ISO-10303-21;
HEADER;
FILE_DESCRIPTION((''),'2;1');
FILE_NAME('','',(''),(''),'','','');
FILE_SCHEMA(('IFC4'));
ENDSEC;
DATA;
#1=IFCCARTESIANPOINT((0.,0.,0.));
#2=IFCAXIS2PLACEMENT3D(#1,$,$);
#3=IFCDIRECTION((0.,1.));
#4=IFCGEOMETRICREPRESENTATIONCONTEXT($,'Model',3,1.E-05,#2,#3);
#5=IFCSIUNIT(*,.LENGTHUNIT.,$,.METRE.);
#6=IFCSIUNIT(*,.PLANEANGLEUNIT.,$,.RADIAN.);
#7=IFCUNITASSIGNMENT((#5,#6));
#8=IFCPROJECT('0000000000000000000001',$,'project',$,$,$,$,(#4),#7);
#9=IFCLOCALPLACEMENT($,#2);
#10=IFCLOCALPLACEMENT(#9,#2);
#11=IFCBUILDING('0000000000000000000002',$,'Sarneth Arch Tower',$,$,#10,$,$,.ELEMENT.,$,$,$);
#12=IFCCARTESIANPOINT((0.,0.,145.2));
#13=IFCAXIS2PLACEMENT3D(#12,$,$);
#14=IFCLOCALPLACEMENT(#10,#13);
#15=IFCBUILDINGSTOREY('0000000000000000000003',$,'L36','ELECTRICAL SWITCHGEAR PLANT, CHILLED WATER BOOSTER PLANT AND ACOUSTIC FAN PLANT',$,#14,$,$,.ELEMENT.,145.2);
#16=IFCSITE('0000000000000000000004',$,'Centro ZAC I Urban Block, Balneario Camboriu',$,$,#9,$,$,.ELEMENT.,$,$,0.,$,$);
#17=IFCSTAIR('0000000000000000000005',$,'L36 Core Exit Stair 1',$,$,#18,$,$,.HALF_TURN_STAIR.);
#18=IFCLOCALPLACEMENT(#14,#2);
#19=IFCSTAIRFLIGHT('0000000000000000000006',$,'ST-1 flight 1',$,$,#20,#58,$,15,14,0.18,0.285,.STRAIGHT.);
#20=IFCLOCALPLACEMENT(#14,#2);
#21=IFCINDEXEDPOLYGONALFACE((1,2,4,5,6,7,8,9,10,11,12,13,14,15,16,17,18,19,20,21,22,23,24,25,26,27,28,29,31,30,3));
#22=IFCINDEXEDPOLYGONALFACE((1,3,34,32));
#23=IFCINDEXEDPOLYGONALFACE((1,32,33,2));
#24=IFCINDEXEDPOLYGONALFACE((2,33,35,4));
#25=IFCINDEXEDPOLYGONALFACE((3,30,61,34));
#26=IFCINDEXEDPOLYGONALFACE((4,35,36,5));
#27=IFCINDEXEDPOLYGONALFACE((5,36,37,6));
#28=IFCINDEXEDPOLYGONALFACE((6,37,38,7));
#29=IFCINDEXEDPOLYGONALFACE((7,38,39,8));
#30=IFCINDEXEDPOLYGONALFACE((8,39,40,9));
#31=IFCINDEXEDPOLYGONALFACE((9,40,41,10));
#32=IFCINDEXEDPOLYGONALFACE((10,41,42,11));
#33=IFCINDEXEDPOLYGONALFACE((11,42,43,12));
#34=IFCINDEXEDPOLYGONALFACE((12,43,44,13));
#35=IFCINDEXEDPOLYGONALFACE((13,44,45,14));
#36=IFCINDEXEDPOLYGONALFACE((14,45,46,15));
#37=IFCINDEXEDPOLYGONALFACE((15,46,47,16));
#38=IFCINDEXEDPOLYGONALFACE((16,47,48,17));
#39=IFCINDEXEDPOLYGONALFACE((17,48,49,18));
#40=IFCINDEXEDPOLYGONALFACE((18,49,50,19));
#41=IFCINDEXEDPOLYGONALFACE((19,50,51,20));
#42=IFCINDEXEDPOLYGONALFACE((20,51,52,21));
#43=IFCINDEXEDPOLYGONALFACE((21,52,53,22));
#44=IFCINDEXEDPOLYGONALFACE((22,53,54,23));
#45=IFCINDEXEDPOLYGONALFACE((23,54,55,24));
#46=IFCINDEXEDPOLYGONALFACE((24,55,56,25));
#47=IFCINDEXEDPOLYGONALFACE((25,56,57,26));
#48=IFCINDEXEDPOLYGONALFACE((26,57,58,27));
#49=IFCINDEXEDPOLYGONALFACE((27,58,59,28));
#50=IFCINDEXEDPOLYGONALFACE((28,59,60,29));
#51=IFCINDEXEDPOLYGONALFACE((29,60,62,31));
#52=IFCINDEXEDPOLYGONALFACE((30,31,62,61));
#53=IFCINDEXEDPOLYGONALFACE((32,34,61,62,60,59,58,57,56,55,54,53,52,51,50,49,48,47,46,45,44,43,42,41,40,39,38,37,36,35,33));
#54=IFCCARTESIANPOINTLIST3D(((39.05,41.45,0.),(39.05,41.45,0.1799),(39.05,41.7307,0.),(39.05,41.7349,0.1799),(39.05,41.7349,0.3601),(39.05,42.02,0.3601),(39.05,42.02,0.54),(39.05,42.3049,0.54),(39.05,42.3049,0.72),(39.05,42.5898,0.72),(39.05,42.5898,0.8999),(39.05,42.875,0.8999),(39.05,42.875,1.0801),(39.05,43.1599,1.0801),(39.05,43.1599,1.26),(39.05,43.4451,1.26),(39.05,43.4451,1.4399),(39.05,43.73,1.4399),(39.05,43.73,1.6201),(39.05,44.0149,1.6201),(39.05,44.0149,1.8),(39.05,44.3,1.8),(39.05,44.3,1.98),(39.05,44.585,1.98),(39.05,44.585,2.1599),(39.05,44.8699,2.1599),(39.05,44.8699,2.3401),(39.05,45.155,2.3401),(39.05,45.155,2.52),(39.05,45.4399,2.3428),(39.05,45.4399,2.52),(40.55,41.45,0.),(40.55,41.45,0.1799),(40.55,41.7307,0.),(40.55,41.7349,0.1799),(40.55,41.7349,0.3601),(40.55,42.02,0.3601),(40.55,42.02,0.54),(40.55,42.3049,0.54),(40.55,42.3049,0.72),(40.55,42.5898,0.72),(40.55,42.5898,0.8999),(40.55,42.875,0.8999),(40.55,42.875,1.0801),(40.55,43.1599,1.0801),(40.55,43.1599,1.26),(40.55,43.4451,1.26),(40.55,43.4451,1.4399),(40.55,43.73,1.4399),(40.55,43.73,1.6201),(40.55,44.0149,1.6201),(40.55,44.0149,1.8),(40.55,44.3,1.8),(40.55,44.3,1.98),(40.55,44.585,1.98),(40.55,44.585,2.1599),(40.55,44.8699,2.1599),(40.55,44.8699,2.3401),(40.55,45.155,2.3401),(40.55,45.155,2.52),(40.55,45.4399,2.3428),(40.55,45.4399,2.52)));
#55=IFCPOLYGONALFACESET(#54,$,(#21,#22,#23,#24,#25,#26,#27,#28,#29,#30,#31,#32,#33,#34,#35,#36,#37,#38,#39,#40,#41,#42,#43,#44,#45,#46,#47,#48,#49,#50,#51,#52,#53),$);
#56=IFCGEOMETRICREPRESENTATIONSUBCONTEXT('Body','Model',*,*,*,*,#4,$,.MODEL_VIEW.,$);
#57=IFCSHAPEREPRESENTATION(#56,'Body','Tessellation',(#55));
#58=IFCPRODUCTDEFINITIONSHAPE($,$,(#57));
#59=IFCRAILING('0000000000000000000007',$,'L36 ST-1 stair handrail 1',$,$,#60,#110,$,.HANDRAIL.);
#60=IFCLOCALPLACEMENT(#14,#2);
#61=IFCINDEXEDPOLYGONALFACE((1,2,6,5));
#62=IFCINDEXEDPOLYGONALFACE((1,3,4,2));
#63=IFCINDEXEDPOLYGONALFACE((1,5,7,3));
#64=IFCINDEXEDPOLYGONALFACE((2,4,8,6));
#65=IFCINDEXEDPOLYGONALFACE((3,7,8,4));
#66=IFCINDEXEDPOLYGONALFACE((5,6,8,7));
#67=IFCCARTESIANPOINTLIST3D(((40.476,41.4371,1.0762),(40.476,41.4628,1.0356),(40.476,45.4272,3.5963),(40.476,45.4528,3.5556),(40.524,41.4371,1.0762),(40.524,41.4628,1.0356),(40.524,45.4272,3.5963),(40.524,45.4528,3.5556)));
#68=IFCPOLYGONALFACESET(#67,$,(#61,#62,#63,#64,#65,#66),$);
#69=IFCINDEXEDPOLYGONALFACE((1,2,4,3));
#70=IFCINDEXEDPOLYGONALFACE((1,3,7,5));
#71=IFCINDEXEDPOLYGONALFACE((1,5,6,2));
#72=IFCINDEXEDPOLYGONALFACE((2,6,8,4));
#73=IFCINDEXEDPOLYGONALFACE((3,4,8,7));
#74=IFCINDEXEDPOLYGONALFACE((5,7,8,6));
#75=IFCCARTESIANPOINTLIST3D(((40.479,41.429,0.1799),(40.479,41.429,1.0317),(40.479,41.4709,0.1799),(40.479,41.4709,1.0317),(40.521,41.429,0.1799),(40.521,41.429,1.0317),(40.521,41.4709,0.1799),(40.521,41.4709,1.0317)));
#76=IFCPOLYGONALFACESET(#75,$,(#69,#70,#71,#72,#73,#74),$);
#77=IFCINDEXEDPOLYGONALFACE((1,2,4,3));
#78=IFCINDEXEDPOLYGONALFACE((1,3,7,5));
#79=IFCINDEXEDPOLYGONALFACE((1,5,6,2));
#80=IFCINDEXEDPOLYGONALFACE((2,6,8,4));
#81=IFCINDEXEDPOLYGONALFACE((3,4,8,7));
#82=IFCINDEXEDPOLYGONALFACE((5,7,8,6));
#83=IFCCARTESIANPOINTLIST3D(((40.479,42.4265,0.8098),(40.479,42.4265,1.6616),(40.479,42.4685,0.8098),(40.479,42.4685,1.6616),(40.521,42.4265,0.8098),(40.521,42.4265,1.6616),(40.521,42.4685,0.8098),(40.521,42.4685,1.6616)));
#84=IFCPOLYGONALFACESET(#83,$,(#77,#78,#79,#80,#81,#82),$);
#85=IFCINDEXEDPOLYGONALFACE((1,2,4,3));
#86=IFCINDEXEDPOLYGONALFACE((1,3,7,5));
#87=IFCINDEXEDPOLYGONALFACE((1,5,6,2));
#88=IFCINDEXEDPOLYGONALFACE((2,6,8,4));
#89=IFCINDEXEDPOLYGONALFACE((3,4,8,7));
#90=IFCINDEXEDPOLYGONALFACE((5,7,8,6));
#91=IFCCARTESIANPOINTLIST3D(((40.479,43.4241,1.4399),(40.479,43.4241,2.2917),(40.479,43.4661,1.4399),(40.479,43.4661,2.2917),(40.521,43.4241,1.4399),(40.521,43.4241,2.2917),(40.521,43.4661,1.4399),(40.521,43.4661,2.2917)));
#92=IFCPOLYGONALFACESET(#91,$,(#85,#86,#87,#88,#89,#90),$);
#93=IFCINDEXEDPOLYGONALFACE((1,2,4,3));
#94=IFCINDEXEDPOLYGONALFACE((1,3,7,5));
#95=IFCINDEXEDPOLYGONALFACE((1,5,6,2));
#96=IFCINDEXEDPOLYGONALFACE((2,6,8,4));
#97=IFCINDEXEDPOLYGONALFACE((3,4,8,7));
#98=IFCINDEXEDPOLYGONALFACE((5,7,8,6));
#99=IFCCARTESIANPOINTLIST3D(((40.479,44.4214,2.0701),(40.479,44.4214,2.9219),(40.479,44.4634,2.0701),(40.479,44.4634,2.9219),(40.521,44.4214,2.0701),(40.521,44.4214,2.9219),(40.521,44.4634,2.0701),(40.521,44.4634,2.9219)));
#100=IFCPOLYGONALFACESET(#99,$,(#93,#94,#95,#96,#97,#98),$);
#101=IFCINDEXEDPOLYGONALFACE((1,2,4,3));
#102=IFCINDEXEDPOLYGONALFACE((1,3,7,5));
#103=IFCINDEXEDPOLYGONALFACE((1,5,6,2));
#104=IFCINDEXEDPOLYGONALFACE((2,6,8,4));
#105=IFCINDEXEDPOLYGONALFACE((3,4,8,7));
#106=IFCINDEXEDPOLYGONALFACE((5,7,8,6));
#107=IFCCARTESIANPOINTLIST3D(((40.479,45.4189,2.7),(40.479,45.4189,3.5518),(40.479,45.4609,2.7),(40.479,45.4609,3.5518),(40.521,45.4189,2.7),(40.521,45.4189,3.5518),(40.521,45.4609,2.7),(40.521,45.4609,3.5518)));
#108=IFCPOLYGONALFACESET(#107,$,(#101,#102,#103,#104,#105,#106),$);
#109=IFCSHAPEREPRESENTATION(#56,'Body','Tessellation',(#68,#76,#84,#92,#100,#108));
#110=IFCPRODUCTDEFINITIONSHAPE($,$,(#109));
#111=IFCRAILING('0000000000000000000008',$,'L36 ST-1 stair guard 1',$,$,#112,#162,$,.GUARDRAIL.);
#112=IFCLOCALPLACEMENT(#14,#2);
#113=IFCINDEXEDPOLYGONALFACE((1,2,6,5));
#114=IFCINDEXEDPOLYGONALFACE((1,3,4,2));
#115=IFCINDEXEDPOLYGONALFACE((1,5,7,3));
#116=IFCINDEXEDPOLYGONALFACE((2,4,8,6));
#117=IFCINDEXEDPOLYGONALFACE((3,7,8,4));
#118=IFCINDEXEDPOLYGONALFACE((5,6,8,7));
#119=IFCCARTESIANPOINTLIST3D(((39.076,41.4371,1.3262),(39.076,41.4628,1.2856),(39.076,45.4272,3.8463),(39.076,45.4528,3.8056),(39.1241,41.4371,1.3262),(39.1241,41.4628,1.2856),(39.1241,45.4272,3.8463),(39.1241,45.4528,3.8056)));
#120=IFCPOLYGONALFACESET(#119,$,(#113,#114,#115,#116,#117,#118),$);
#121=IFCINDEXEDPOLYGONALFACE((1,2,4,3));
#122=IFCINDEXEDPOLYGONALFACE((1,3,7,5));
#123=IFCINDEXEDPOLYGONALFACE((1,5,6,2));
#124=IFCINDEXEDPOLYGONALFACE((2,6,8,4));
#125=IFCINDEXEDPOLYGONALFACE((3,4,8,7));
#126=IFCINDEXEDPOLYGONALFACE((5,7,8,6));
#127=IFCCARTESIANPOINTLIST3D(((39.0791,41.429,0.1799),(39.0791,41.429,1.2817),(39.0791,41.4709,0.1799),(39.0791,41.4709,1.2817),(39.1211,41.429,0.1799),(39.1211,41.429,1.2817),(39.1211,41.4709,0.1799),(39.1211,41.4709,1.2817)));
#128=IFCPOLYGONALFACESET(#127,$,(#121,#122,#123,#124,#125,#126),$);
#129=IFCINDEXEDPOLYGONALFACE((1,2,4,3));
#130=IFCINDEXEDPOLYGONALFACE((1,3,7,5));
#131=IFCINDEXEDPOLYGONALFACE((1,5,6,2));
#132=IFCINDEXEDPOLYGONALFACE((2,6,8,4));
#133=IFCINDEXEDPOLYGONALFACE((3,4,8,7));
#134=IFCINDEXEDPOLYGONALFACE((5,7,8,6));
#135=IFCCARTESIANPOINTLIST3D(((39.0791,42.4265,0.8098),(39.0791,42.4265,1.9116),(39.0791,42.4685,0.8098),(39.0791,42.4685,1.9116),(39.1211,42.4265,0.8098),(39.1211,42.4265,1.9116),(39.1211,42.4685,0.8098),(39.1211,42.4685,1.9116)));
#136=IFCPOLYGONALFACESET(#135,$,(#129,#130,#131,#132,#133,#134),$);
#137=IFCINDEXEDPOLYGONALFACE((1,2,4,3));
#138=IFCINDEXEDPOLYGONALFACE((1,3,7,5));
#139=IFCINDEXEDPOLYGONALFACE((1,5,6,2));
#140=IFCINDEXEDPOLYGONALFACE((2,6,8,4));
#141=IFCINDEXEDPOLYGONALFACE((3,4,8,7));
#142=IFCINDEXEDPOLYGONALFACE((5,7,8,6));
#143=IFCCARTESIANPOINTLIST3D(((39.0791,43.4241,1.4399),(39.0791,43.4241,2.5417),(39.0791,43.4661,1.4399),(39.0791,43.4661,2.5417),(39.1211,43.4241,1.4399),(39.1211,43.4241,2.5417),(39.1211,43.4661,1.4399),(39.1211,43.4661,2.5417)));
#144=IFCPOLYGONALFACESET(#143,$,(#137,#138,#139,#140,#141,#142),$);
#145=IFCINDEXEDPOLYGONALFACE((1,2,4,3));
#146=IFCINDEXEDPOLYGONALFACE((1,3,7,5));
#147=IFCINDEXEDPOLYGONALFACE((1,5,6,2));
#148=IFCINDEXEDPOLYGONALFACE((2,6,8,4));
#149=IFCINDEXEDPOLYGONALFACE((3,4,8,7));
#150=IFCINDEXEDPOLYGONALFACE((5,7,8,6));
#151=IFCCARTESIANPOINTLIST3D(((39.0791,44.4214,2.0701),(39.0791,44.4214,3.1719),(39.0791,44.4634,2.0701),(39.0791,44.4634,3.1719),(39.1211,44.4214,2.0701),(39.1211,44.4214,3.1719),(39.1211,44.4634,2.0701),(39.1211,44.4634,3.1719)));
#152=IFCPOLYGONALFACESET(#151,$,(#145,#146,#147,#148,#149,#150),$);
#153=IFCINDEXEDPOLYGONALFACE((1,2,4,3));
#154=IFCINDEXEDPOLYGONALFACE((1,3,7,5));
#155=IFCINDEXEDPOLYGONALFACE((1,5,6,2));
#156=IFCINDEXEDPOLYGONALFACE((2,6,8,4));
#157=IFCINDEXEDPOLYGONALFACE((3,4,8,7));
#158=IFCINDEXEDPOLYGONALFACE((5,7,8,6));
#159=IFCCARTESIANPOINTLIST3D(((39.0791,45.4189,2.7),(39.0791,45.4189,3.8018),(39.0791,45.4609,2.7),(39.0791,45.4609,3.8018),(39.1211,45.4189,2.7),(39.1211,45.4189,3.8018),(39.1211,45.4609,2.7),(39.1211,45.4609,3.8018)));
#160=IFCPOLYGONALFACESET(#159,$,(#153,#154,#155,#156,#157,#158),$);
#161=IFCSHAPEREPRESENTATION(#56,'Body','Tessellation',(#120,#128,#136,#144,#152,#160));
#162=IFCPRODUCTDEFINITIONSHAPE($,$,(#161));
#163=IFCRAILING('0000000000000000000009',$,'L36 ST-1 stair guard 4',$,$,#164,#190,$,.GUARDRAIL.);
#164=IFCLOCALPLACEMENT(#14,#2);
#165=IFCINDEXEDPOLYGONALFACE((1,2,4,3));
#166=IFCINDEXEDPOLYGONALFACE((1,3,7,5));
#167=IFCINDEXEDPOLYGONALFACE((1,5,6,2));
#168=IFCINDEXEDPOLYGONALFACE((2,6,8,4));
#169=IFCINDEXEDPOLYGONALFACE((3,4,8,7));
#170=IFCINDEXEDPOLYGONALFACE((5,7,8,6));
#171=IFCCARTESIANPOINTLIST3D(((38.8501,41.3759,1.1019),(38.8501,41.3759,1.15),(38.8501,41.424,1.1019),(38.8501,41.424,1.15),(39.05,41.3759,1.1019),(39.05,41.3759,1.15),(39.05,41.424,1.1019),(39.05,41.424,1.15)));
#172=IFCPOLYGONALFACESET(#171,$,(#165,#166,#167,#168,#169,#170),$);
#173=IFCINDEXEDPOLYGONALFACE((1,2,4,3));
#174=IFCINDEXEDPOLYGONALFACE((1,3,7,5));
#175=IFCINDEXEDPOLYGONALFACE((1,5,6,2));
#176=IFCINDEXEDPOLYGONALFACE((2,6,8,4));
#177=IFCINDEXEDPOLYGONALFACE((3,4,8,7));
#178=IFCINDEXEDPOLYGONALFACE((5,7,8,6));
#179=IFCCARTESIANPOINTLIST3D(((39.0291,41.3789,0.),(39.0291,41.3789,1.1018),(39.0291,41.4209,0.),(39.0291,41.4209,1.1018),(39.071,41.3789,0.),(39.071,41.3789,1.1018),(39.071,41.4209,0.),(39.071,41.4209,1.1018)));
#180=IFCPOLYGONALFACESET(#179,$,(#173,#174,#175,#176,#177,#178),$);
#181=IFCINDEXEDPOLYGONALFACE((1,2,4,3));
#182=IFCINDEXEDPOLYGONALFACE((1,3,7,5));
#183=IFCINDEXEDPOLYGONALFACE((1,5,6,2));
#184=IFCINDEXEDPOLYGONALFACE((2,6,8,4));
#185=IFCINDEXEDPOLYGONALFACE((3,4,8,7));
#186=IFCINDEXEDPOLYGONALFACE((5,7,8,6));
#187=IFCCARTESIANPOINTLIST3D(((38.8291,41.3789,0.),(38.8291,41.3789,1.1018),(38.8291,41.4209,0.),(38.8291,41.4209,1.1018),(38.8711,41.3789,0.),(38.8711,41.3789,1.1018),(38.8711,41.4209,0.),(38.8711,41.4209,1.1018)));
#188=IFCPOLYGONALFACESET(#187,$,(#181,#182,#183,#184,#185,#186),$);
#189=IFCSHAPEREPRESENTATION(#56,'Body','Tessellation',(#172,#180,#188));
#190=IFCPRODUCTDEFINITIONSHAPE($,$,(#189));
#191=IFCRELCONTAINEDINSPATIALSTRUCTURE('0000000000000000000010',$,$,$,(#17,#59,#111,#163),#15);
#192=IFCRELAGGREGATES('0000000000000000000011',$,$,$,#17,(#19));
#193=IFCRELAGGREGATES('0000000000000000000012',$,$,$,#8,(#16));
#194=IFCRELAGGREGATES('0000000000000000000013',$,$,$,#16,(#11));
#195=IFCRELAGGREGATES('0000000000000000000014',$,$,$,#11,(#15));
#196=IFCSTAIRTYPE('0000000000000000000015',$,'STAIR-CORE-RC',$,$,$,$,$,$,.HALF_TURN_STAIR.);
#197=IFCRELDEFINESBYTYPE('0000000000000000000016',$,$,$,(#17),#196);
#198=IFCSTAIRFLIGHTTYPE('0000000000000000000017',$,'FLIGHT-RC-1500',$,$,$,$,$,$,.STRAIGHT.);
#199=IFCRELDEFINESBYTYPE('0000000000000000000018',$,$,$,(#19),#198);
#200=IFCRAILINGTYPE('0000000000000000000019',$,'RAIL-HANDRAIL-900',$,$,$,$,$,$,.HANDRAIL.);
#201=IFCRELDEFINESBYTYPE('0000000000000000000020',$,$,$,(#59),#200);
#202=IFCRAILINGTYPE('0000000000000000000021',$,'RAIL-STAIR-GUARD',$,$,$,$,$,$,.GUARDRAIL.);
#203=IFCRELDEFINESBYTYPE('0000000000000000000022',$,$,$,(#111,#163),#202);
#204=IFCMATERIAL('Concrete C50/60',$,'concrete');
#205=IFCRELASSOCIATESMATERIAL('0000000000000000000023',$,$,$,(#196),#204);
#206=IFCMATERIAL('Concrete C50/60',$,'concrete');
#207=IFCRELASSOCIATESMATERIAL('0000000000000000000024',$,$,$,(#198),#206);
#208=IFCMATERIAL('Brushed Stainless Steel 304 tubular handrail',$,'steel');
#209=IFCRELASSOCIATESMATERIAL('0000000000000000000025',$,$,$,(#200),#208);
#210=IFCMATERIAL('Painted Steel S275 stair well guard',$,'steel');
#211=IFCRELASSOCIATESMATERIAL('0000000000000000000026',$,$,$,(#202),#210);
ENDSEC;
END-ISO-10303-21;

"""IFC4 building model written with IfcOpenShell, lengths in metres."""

from ifc_helpers import new_model, si_unit, direction, frame, origin, origin_2d, place, context, subcontext, project, spatial, polyline, rectangle, outline, extrude, material, type_object, element, aggregate, save


model = new_model("IFC4")

# Units and contexts
model_context = context("Model", 3, precision=1e-05, world=origin(), true_north=direction((0.0, 1.0)))
body_context = subcontext(model_context, "Body", "Model", "MODEL_VIEW")
ifc_project = project(units=[si_unit("LENGTHUNIT", "METRE"), si_unit("PLANEANGLEUNIT", "RADIAN")], contexts=[model_context])

# Site, building, storey
site_placement = place(None, origin())
site = spatial("IfcSite", under=ifc_project, at=site_placement, Name="Centro ZAC I Urban Block, Balneario Camboriu", CompositionType="ELEMENT", RefElevation=0.0)
building_placement = place(site_placement, origin())
building = spatial("IfcBuilding", under=site, at=building_placement, Name="Sarneth Arch Tower", CompositionType="ELEMENT")
storey_placement = place(building_placement, frame((0.0, 0.0, 145.2)))
storey = spatial("IfcBuildingStorey", under=building, at=storey_placement, Name="L36", Description="ELECTRICAL SWITCHGEAR PLANT, CHILLED WATER BOOSTER PLANT AND ACOUSTIC FAN PLANT", CompositionType="ELEMENT", Elevation=145.2)

# Stair, stair flight
ifc_material_1 = material(Name="Concrete C50/60", Category="concrete")
stair_type = type_object("IfcStairType", Name="STAIR-CORE-RC", PredefinedType="HALF_TURN_STAIR", material=ifc_material_1)
stair_placement = place(storey_placement, origin())
stair = element("IfcStair", 1, at=stair_placement, inside=storey, type_object=stair_type, Name="L36 Core Exit Stair 1", PredefinedType="HALF_TURN_STAIR")
ifc_material_2 = material(Name="Concrete C50/60", Category="concrete")
stair_flight_type = type_object("IfcStairFlightType", Name="FLIGHT-RC-1500", PredefinedType="STRAIGHT", material=ifc_material_2)
stair_flight_placement = place(storey_placement, frame((39.8, 41.45, 0.0), z_axis=(0.0, 0.0, 1.0), x_axis=(0.0, 1.0, 0.0)))
stair_flight = element("IfcStairFlight", 2, at=stair_flight_placement, type_object=stair_flight_type, Name="ST-1 flight 1", NumberOfRisers=15, NumberOfTreads=14, PredefinedType="STRAIGHT", RiserHeight=0.18, TreadLength=0.285, context=body_context, shape_type="SweptSolid", body=[
    extrude(outline(polyline([(0.0, 0.0), (0.0, 0.1799), (0.2849, 0.1799), (0.2849, 0.3601), (0.5701, 0.3601), (0.5701, 0.54), (0.855, 0.54), (0.855, 0.72), (1.1399, 0.72), (1.1399, 0.8999), (1.425, 0.8999), (1.425, 1.0801), (1.71, 1.0801), (1.71, 1.26), (1.9951, 1.26), (1.9951, 1.4399), (2.28, 1.4399), (2.28, 1.6201), (2.5649, 1.6201), (2.5649, 1.8), (2.8501, 1.8), (2.8501, 1.98), (3.135, 1.98), (3.135, 2.1599), (3.4199, 2.1599), (3.4199, 2.3401), (3.7051, 2.3401), (3.7051, 2.52), (3.99, 2.52), (3.99, 2.7), (3.99, 2.3428), (0.2808, 0.0), (0.0, 0.0)])), frame((0.0, 0.75, 0.0), z_axis=(0.0, -1.0, 0.0), x_axis=(1.0, 0.0, 0.0)), (0.0, 0.0, 1.0), 1.5),
])
aggregate(stair, [stair_flight])

# Railings
ifc_material_3 = material(Name="Brushed Stainless Steel 304 tubular handrail", Category="steel")
railing_type_1 = type_object("IfcRailingType", Name="RAIL-HANDRAIL-900", PredefinedType="HANDRAIL", material=ifc_material_3)
railing_1_placement = place(storey_placement, frame((40.5, 41.45, 0.1799)))
element("IfcRailing", 3, at=railing_1_placement, inside=storey, type_object=railing_type_1, Name="L36 ST-1 stair handrail 1", PredefinedType="HANDRAIL", context=body_context, shape_type="SweptSolid", body=[
    extrude(rectangle(XDim=0.0481, YDim=0.0481, at=origin_2d()), frame((0.0, 0.0, 0.876), z_axis=(0.0, 0.845486, 0.533997), x_axis=(-1.0, 0.0, 0.0)), (0.0, 0.0, 1.0), 4.7192),
    extrude(rectangle(XDim=0.042, YDim=0.042, at=origin_2d()), origin(), (0.0, 0.0, 1.0), 0.8518),
    extrude(rectangle(XDim=0.042, YDim=0.042, at=origin_2d()), frame((0.0, 0.9976, 0.6299)), (0.0, 0.0, 1.0), 0.8518),
    extrude(rectangle(XDim=0.042, YDim=0.042, at=origin_2d()), frame((0.0, 1.9951, 1.26)), (0.0, 0.0, 1.0), 0.8518),
    extrude(rectangle(XDim=0.042, YDim=0.042, at=origin_2d()), frame((0.0, 2.9924, 1.8901)), (0.0, 0.0, 1.0), 0.8518),
    extrude(rectangle(XDim=0.042, YDim=0.042, at=origin_2d()), frame((0.0, 3.99, 2.52)), (0.0, 0.0, 1.0), 0.8518),
])
ifc_material_4 = material(Name="Painted Steel S275 stair well guard", Category="steel")
railing_type_2 = type_object("IfcRailingType", Name="RAIL-STAIR-GUARD", PredefinedType="GUARDRAIL", material=ifc_material_4)
railing_2_placement = place(storey_placement, frame((39.1001, 41.45, 0.1799)))
element("IfcRailing", 4, at=railing_2_placement, inside=storey, type_object=railing_type_2, Name="L36 ST-1 stair guard 1", PredefinedType="GUARDRAIL", context=body_context, shape_type="SweptSolid", body=[
    extrude(rectangle(XDim=0.0481, YDim=0.0481, at=origin_2d()), frame((0.0, 0.0, 1.126), z_axis=(0.0, 0.845486, 0.533997), x_axis=(-1.0, 0.0, 0.0)), (0.0, 0.0, 1.0), 4.7192),
    extrude(rectangle(XDim=0.042, YDim=0.042, at=origin_2d()), origin(), (0.0, 0.0, 1.0), 1.1018),
    extrude(rectangle(XDim=0.042, YDim=0.042, at=origin_2d()), frame((0.0, 0.9976, 0.6299)), (0.0, 0.0, 1.0), 1.1018),
    extrude(rectangle(XDim=0.042, YDim=0.042, at=origin_2d()), frame((0.0, 1.9951, 1.26)), (0.0, 0.0, 1.0), 1.1018),
    extrude(rectangle(XDim=0.042, YDim=0.042, at=origin_2d()), frame((0.0, 2.9924, 1.8901)), (0.0, 0.0, 1.0), 1.1018),
    extrude(rectangle(XDim=0.042, YDim=0.042, at=origin_2d()), frame((0.0, 3.99, 2.52)), (0.0, 0.0, 1.0), 1.1018),
])
railing_3_placement = place(storey_placement, frame((39.05, 41.3999, 0.0)))
element("IfcRailing", 5, at=railing_3_placement, inside=storey, type_object=railing_type_2, Name="L36 ST-1 stair guard 4", PredefinedType="GUARDRAIL", context=body_context, shape_type="SweptSolid", body=[
    extrude(rectangle(XDim=0.0481, YDim=0.0481, at=origin_2d()), frame((0.0, 0.0, 1.126), z_axis=(-1.0, 0.0, 0.0), x_axis=(0.0, -1.0, 0.0)), (0.0, 0.0, 1.0), 0.2),
    extrude(rectangle(XDim=0.042, YDim=0.042, at=origin_2d()), origin(), (0.0, 0.0, 1.0), 1.1018),
    extrude(rectangle(XDim=0.042, YDim=0.042, at=origin_2d()), frame((-0.2, 0.0, 0.0)), (0.0, 0.0, 1.0), 1.1018),
])

save(model, "model.ifc")
